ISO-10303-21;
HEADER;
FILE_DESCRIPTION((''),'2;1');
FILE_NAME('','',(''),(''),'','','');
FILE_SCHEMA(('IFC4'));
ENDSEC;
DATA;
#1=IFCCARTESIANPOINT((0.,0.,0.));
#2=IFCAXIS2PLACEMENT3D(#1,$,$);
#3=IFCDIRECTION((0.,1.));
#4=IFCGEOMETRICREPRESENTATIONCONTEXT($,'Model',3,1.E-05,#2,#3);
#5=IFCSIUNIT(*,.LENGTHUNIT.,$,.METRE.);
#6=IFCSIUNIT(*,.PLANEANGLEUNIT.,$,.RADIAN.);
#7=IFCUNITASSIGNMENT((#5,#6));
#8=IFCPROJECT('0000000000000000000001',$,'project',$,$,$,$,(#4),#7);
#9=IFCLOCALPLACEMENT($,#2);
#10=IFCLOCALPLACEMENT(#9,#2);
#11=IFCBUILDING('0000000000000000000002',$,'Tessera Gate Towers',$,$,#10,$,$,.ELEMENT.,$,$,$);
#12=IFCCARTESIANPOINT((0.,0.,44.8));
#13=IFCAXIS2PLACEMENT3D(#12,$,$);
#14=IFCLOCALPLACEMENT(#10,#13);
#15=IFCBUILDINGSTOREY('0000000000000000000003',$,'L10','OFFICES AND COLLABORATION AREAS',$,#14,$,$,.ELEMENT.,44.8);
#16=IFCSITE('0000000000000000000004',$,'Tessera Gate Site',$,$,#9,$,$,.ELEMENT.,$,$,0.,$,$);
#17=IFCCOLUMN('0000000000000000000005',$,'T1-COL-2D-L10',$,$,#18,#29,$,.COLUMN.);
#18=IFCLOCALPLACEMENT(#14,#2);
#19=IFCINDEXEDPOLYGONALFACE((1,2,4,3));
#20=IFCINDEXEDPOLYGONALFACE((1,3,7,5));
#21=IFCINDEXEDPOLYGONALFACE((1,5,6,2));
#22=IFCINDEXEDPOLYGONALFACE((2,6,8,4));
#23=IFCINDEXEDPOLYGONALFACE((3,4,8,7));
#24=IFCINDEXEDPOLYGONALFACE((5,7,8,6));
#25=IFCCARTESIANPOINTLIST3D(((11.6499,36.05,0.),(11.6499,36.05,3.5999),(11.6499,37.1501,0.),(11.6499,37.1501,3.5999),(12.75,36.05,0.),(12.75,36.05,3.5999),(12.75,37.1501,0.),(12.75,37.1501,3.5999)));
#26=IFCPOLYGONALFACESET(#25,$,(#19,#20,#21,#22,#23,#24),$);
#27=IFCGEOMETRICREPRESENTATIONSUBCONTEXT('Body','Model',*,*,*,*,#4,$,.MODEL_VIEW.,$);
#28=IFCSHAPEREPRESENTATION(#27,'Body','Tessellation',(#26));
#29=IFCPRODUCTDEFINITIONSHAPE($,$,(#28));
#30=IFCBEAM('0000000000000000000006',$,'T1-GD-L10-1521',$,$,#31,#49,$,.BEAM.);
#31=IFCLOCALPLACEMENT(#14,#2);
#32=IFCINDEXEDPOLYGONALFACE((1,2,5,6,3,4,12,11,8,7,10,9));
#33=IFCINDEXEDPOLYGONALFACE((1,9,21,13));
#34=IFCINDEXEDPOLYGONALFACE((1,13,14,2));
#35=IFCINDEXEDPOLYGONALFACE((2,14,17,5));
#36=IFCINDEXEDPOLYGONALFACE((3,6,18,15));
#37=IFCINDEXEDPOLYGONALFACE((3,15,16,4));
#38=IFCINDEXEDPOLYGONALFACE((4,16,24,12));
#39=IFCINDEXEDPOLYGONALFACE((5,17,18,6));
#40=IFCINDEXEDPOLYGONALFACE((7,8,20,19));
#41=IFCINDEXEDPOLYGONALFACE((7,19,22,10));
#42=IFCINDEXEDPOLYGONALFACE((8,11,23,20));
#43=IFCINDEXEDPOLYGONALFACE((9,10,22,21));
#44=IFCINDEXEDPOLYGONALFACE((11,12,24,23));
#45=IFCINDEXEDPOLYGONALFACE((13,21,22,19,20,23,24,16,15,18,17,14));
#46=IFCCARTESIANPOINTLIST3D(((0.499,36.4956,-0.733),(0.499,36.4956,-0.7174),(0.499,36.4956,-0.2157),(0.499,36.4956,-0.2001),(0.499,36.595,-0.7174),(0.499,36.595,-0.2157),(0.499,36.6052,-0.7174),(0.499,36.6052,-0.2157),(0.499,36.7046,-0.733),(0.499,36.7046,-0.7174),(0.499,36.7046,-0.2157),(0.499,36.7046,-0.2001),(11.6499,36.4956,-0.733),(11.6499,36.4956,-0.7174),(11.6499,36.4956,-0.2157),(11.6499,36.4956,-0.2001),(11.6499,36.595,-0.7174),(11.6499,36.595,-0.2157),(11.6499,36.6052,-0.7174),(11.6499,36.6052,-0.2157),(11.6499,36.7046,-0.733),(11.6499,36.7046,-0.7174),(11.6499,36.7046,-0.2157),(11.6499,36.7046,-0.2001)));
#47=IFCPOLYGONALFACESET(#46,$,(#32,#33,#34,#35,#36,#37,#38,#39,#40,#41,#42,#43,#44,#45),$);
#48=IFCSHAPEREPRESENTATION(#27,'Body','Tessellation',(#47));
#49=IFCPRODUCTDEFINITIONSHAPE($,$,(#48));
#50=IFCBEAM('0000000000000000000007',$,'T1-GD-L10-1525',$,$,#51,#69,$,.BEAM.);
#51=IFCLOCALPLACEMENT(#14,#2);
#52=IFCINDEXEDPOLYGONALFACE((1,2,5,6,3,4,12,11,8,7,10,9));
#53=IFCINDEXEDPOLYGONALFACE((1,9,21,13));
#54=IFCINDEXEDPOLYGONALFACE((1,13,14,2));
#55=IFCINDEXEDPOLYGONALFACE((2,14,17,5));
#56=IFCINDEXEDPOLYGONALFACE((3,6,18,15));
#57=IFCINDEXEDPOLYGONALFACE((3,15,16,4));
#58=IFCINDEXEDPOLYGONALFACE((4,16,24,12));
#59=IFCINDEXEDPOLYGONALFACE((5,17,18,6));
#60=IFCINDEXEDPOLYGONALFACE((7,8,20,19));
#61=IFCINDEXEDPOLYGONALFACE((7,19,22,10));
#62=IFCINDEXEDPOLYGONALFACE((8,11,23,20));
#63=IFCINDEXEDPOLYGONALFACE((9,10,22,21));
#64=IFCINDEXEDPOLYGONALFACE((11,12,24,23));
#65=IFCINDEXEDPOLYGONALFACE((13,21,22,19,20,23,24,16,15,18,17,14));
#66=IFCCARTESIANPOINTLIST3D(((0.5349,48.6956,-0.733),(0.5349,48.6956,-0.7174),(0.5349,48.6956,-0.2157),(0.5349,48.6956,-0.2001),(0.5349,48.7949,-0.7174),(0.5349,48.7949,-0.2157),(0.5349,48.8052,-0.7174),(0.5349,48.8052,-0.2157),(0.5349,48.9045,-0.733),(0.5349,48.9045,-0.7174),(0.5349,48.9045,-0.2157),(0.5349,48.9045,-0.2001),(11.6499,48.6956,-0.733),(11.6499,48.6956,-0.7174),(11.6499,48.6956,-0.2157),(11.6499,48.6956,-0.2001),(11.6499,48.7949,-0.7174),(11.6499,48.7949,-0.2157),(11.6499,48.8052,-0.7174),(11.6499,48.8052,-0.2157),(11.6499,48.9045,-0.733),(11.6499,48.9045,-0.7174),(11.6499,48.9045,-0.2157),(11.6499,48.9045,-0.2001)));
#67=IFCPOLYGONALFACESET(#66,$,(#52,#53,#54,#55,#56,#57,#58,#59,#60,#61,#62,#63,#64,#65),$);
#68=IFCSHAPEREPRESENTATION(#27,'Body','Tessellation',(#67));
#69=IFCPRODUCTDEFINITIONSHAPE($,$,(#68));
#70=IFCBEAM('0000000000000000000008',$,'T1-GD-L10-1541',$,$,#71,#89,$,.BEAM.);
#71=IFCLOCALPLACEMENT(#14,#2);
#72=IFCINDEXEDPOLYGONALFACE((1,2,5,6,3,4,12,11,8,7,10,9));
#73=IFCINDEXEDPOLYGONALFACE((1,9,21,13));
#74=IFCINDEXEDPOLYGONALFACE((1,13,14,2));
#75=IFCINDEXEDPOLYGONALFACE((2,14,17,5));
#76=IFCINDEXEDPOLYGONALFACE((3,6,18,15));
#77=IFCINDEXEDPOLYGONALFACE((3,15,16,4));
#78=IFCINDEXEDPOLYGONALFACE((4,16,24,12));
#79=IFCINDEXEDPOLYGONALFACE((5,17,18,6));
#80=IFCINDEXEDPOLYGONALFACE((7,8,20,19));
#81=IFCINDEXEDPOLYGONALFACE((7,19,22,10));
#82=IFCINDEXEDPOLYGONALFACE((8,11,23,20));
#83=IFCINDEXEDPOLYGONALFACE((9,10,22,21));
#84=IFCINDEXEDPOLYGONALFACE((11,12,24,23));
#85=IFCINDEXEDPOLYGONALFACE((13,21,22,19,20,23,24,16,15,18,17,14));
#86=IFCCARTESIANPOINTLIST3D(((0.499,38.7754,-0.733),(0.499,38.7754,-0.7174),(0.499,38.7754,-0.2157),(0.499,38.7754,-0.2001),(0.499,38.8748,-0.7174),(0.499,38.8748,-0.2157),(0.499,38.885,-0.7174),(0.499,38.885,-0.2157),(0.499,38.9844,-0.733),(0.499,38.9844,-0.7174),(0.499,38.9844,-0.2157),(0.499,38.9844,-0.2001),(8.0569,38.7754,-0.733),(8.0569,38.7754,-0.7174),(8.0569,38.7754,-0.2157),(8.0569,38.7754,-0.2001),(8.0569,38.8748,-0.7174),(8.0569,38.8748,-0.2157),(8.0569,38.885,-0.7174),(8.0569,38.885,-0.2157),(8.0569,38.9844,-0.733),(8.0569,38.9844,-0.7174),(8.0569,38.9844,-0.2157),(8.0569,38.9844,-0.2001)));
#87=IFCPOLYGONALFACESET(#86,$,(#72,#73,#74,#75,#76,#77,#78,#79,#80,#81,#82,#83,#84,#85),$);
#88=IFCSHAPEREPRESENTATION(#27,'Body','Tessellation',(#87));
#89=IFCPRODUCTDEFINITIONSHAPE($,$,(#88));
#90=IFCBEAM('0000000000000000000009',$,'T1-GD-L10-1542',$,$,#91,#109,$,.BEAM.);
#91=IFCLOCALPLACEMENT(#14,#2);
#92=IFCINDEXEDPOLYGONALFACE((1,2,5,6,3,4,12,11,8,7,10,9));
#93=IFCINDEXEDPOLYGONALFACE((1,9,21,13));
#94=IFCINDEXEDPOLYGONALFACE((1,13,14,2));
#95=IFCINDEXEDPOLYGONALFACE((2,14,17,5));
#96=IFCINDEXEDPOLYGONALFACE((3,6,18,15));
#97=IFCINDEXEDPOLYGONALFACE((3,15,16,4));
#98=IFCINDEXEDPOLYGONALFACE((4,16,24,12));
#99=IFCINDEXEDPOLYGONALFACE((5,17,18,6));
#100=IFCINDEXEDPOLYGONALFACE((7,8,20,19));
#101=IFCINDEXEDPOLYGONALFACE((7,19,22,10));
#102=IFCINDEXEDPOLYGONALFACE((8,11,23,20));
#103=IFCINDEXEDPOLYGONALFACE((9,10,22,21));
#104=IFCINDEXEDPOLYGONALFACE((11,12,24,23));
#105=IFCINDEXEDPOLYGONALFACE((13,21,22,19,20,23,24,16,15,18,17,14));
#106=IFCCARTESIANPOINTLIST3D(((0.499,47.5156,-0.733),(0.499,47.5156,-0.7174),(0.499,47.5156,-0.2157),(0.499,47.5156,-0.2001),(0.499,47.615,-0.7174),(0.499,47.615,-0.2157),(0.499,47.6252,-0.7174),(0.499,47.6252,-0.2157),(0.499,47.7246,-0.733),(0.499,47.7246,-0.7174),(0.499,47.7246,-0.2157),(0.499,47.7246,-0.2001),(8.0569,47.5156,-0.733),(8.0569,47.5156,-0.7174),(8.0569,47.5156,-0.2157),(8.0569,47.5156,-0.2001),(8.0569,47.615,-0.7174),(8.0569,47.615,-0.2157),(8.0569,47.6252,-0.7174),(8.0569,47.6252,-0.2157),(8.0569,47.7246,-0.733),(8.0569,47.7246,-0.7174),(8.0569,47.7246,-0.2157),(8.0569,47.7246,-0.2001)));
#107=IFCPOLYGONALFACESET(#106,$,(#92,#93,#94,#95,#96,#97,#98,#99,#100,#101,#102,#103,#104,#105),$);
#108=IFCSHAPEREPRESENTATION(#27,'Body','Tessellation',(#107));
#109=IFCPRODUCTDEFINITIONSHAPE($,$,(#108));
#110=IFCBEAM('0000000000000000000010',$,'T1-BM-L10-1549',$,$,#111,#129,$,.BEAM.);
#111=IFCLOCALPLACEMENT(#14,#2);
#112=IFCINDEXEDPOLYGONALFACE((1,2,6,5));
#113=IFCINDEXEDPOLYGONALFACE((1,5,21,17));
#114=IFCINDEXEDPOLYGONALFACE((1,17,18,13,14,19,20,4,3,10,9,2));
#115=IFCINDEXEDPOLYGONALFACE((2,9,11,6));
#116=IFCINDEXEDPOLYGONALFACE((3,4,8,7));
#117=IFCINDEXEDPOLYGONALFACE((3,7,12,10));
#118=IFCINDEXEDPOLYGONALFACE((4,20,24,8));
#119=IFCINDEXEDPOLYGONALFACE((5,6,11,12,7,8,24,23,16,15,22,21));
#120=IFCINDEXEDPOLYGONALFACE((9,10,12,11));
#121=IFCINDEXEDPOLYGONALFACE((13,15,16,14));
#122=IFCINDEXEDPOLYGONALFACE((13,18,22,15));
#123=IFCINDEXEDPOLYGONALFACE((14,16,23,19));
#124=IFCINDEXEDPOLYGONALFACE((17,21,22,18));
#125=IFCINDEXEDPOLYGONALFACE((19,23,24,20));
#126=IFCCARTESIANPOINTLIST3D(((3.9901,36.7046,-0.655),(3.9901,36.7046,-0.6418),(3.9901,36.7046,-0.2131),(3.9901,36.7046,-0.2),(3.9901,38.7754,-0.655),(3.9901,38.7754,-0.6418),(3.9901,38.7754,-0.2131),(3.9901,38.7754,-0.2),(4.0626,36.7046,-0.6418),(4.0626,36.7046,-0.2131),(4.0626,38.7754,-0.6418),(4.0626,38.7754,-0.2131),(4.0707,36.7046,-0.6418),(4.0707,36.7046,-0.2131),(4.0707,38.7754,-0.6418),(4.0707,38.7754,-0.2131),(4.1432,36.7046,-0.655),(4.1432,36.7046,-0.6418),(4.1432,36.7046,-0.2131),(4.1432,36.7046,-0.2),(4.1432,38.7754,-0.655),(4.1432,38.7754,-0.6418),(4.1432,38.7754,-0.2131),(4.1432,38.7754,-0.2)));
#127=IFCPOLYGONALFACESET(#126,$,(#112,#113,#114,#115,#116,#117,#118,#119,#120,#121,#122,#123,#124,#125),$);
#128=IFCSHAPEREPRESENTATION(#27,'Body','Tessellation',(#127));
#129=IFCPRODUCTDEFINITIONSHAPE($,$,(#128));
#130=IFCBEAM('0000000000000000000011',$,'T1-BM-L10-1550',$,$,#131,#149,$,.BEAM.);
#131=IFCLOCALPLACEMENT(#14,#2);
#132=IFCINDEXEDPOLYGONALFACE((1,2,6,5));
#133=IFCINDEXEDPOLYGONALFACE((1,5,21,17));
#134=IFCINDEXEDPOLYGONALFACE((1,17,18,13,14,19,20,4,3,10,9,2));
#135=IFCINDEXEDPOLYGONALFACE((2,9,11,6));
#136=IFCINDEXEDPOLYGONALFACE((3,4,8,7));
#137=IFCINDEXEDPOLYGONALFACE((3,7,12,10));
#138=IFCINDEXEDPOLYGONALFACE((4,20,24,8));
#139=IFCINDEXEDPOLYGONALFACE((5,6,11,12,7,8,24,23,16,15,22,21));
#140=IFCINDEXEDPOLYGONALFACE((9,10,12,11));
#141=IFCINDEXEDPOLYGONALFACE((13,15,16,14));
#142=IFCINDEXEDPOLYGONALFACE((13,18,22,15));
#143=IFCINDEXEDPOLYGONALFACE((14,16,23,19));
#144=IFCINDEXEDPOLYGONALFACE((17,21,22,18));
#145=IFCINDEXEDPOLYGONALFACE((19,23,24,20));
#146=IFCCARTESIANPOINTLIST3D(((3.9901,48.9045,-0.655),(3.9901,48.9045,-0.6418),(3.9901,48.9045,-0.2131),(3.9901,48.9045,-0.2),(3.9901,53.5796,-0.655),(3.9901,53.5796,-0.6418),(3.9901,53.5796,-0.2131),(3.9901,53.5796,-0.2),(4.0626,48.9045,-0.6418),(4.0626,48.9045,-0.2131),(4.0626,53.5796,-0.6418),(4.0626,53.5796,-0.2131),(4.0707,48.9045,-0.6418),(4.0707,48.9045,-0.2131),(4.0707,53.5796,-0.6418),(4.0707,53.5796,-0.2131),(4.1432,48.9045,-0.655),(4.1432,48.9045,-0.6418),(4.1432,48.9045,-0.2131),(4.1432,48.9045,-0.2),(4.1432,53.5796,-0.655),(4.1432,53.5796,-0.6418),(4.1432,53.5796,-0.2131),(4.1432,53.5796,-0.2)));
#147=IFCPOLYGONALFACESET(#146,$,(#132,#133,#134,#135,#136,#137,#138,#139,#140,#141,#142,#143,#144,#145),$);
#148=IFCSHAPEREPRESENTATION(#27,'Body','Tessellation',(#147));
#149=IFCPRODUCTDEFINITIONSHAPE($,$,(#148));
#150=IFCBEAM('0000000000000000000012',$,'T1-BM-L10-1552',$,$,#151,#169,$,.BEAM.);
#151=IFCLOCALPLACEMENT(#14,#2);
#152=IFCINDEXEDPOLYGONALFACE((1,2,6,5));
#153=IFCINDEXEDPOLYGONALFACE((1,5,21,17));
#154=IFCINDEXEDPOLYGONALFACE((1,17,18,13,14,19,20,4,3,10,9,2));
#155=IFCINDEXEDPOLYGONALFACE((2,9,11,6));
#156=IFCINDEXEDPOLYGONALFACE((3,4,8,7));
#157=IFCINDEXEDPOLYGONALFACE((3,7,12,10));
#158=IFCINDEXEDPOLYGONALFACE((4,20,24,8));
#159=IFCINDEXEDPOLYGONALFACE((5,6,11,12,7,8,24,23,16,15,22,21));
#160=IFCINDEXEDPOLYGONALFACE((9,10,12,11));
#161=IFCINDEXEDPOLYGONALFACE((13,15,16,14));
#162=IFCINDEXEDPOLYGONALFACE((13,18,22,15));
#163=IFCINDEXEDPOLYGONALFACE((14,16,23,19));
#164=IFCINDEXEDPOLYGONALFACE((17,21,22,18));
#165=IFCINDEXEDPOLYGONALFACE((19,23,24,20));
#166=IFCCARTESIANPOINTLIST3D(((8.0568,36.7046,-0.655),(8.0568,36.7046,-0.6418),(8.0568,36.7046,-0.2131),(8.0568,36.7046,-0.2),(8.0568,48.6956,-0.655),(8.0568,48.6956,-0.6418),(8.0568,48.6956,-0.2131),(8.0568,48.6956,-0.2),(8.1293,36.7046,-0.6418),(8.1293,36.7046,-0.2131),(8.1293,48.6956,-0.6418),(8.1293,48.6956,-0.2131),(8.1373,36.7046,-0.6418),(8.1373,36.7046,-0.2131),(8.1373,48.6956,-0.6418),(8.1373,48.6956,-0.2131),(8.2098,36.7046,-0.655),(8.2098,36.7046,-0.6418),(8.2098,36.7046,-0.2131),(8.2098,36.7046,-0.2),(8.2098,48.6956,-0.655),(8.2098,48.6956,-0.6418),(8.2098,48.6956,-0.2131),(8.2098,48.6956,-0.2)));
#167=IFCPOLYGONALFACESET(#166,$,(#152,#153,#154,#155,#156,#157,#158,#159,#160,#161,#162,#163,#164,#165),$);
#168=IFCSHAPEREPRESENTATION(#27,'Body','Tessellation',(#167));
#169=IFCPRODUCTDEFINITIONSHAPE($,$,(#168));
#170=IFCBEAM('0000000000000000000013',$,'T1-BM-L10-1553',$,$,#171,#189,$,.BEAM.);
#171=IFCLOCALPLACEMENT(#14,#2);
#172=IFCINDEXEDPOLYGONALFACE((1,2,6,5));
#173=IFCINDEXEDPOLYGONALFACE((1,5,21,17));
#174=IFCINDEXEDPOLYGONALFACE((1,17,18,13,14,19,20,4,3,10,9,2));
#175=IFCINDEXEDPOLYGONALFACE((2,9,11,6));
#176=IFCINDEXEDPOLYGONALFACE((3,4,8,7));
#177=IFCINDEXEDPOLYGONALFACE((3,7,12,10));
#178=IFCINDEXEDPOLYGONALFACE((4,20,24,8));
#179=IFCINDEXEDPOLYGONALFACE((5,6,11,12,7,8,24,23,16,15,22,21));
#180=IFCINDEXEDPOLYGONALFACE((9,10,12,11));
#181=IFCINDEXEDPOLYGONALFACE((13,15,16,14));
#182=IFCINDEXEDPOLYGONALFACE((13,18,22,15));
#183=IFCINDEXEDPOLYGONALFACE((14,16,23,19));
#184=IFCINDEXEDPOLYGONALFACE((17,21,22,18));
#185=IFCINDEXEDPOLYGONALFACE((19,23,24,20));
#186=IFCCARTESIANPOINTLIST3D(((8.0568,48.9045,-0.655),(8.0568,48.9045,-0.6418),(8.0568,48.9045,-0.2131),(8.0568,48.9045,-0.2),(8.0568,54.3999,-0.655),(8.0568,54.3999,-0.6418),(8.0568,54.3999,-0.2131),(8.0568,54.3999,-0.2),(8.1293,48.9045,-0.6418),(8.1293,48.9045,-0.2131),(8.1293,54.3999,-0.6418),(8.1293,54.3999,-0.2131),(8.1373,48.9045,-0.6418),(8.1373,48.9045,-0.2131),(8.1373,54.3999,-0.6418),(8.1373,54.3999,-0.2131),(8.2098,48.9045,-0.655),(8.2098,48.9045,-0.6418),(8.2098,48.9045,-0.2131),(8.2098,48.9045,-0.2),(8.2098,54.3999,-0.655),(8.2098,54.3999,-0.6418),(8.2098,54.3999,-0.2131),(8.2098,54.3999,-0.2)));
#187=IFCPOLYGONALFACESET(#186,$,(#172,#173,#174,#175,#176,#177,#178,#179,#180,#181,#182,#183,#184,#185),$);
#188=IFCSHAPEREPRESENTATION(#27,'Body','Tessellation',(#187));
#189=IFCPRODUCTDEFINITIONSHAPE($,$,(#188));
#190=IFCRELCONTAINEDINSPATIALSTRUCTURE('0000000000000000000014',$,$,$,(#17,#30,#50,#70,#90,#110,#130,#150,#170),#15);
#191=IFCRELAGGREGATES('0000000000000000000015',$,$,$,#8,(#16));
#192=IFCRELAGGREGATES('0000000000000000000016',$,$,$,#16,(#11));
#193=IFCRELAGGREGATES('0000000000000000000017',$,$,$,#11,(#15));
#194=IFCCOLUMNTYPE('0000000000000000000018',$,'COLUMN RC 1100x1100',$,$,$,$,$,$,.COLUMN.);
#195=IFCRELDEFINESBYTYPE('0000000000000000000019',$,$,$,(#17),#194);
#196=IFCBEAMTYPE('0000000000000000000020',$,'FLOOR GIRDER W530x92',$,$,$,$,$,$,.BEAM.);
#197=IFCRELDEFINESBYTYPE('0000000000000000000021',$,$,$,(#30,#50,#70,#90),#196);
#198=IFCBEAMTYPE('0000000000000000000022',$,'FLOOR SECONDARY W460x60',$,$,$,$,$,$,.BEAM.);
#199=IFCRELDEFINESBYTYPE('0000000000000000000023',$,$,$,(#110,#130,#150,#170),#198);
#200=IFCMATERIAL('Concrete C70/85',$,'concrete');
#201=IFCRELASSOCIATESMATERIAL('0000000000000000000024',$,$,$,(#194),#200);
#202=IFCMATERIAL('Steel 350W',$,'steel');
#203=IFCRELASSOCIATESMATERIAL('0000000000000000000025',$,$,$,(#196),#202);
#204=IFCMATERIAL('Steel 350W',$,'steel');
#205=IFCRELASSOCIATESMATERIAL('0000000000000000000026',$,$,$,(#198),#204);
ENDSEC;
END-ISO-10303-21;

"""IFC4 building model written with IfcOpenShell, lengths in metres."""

from ifc_helpers import new_model, si_unit, direction, frame, origin, origin_2d, place, context, subcontext, project, spatial, rectangle, i_section, extrude, material, material_profile, profile_set, type_object, element, save


model = new_model("IFC4")

# Units and contexts
model_context = context("Model", 3, precision=1e-05, world=origin(), true_north=direction((0.0, 1.0)))
body_context = subcontext(model_context, "Body", "Model", "MODEL_VIEW")
ifc_project = project(units=[si_unit("LENGTHUNIT", "METRE"), si_unit("PLANEANGLEUNIT", "RADIAN")], contexts=[model_context])

# Site, building, storey
site_placement = place(None, origin())
site = spatial("IfcSite", under=ifc_project, at=site_placement, Name="Tessera Gate Site", CompositionType="ELEMENT", RefElevation=0.0)
building_placement = place(site_placement, origin())
building = spatial("IfcBuilding", under=site, at=building_placement, Name="Tessera Gate Towers", CompositionType="ELEMENT")
storey_placement = place(building_placement, frame((0.0, 0.0, 44.8)))
storey = spatial("IfcBuildingStorey", under=building, at=storey_placement, Name="L10", Description="OFFICES AND COLLABORATION AREAS", CompositionType="ELEMENT", Elevation=44.8)

# Column
ifc_material_1 = material(Name="Concrete C70/85", Category="concrete")
ifc_material_profile_1 = material_profile(ifc_material_1, rectangle(XDim=1.1001, YDim=1.1001, at=origin_2d()), Name="RC 1100x1100")
ifc_profile_set_1 = profile_set([ifc_material_profile_1], Name="Concrete C70/85")
column_type = type_object("IfcColumnType", Name="COLUMN RC 1100x1100", PredefinedType="COLUMN", material=ifc_profile_set_1)
column_placement = place(storey_placement, frame((12.2, 36.6001, 0.0), z_axis=(0.0, 0.0, 1.0), x_axis=(1.0, 0.0, 0.0)))
element("IfcColumn", 1, at=column_placement, inside=storey, type_object=column_type, Name="T1-COL-2D-L10", PredefinedType="COLUMN", context=body_context, shape_type="SweptSolid", body=[
    extrude(rectangle(XDim=1.1001, YDim=1.1001, at=origin_2d()), origin(), (0.0, 0.0, 1.0), 3.5999),
])

# Beams
ifc_material_2 = material(Name="Steel 350W", Category="steel")
ifc_material_profile_2 = material_profile(ifc_material_2, i_section(OverallWidth=0.209, OverallDepth=0.533, WebThickness=0.0103, FlangeThickness=0.0156, at=origin_2d()), Name="W530x92")
ifc_profile_set_2 = profile_set([ifc_material_profile_2], Name="Steel 350W")
beam_type_1 = type_object("IfcBeamType", Name="FLOOR GIRDER W530x92", PredefinedType="BEAM", material=ifc_profile_set_2)
beam_1_placement = place(storey_placement, frame((0.499, 36.6001, -0.4666), z_axis=(1.0, 0.0, 0.0), x_axis=(0.0, 1.0, 0.0)))
element("IfcBeam", 2, at=beam_1_placement, inside=storey, type_object=beam_type_1, Name="T1-GD-L10-1521", PredefinedType="BEAM", context=body_context, shape_type="SweptSolid", body=[
    extrude(i_section(OverallWidth=0.209, OverallDepth=0.533, WebThickness=0.0103, FlangeThickness=0.0156, at=origin_2d()), origin(), (0.0, 0.0, 1.0), 11.1509),
])
beam_2_placement = place(storey_placement, frame((0.5349, 48.8, -0.4666), z_axis=(1.0, 0.0, 0.0), x_axis=(0.0, 1.0, 0.0)))
element("IfcBeam", 3, at=beam_2_placement, inside=storey, type_object=beam_type_1, Name="T1-GD-L10-1525", PredefinedType="BEAM", context=body_context, shape_type="SweptSolid", body=[
    extrude(i_section(OverallWidth=0.209, OverallDepth=0.533, WebThickness=0.0103, FlangeThickness=0.0156, at=origin_2d()), origin(), (0.0, 0.0, 1.0), 11.115),
])
for number, where, z_axis, x_axis, name in (
    (4, (0.499, 38.8799, -0.4666), (1.0, 0.0, 0.0), (0.0, 1.0, 0.0), "T1-GD-L10-1541"),
    (5, (0.499, 47.6201, -0.4666), (1.0, 0.0, 0.0), (0.0, 1.0, 0.0), "T1-GD-L10-1542"),
):
    element("IfcBeam", number, at=place(storey_placement, frame(where, z_axis=z_axis, x_axis=x_axis)), inside=storey, type_object=beam_type_1, Name=name, PredefinedType="BEAM", context=body_context, shape_type="SweptSolid", body=[
        extrude(i_section(OverallWidth=0.209, OverallDepth=0.533, WebThickness=0.0103, FlangeThickness=0.0156, at=origin_2d()), origin(), (0.0, 0.0, 1.0), 7.5579),
    ])
ifc_material_3 = material(Name="Steel 350W", Category="steel")
ifc_material_profile_3 = material_profile(ifc_material_3, i_section(OverallWidth=0.1531, OverallDepth=0.4551, WebThickness=0.0081, FlangeThickness=0.0132, at=origin_2d()), Name="W460x60")
ifc_profile_set_3 = profile_set([ifc_material_profile_3], Name="Steel 350W")
beam_type_2 = type_object("IfcBeamType", Name="FLOOR SECONDARY W460x60", PredefinedType="BEAM", material=ifc_profile_set_3)
beam_3_placement = place(storey_placement, frame((4.0667, 36.7046, -0.4275), z_axis=(0.0, 1.0, 0.0), x_axis=(-1.0, 0.0, 0.0)))
element("IfcBeam", 6, at=beam_3_placement, inside=storey, type_object=beam_type_2, Name="T1-BM-L10-1549", PredefinedType="BEAM", context=body_context, shape_type="SweptSolid", body=[
    extrude(i_section(OverallWidth=0.1531, OverallDepth=0.4551, WebThickness=0.0081, FlangeThickness=0.0132, at=origin_2d()), origin(), (0.0, 0.0, 1.0), 2.0708),
])
beam_4_placement = place(storey_placement, frame((4.0667, 48.9045, -0.4275), z_axis=(0.0, 1.0, 0.0), x_axis=(-1.0, 0.0, 0.0)))
element("IfcBeam", 7, at=beam_4_placement, inside=storey, type_object=beam_type_2, Name="T1-BM-L10-1550", PredefinedType="BEAM", context=body_context, shape_type="SweptSolid", body=[
    extrude(i_section(OverallWidth=0.1531, OverallDepth=0.4551, WebThickness=0.0081, FlangeThickness=0.0132, at=origin_2d()), origin(), (0.0, 0.0, 1.0), 4.675),
])
beam_5_placement = place(storey_placement, frame((8.1333, 36.7046, -0.4275), z_axis=(0.0, 1.0, 0.0), x_axis=(-1.0, 0.0, 0.0)))
element("IfcBeam", 8, at=beam_5_placement, inside=storey, type_object=beam_type_2, Name="T1-BM-L10-1552", PredefinedType="BEAM", context=body_context, shape_type="SweptSolid", body=[
    extrude(i_section(OverallWidth=0.1531, OverallDepth=0.4551, WebThickness=0.0081, FlangeThickness=0.0132, at=origin_2d()), origin(), (0.0, 0.0, 1.0), 11.991),
])
beam_6_placement = place(storey_placement, frame((8.1333, 48.9045, -0.4275), z_axis=(0.0, 1.0, 0.0), x_axis=(-1.0, 0.0, 0.0)))
element("IfcBeam", 9, at=beam_6_placement, inside=storey, type_object=beam_type_2, Name="T1-BM-L10-1553", PredefinedType="BEAM", context=body_context, shape_type="SweptSolid", body=[
    extrude(i_section(OverallWidth=0.1531, OverallDepth=0.4551, WebThickness=0.0081, FlangeThickness=0.0132, at=origin_2d()), origin(), (0.0, 0.0, 1.0), 5.4954),
])

save(model, "model.ifc")
